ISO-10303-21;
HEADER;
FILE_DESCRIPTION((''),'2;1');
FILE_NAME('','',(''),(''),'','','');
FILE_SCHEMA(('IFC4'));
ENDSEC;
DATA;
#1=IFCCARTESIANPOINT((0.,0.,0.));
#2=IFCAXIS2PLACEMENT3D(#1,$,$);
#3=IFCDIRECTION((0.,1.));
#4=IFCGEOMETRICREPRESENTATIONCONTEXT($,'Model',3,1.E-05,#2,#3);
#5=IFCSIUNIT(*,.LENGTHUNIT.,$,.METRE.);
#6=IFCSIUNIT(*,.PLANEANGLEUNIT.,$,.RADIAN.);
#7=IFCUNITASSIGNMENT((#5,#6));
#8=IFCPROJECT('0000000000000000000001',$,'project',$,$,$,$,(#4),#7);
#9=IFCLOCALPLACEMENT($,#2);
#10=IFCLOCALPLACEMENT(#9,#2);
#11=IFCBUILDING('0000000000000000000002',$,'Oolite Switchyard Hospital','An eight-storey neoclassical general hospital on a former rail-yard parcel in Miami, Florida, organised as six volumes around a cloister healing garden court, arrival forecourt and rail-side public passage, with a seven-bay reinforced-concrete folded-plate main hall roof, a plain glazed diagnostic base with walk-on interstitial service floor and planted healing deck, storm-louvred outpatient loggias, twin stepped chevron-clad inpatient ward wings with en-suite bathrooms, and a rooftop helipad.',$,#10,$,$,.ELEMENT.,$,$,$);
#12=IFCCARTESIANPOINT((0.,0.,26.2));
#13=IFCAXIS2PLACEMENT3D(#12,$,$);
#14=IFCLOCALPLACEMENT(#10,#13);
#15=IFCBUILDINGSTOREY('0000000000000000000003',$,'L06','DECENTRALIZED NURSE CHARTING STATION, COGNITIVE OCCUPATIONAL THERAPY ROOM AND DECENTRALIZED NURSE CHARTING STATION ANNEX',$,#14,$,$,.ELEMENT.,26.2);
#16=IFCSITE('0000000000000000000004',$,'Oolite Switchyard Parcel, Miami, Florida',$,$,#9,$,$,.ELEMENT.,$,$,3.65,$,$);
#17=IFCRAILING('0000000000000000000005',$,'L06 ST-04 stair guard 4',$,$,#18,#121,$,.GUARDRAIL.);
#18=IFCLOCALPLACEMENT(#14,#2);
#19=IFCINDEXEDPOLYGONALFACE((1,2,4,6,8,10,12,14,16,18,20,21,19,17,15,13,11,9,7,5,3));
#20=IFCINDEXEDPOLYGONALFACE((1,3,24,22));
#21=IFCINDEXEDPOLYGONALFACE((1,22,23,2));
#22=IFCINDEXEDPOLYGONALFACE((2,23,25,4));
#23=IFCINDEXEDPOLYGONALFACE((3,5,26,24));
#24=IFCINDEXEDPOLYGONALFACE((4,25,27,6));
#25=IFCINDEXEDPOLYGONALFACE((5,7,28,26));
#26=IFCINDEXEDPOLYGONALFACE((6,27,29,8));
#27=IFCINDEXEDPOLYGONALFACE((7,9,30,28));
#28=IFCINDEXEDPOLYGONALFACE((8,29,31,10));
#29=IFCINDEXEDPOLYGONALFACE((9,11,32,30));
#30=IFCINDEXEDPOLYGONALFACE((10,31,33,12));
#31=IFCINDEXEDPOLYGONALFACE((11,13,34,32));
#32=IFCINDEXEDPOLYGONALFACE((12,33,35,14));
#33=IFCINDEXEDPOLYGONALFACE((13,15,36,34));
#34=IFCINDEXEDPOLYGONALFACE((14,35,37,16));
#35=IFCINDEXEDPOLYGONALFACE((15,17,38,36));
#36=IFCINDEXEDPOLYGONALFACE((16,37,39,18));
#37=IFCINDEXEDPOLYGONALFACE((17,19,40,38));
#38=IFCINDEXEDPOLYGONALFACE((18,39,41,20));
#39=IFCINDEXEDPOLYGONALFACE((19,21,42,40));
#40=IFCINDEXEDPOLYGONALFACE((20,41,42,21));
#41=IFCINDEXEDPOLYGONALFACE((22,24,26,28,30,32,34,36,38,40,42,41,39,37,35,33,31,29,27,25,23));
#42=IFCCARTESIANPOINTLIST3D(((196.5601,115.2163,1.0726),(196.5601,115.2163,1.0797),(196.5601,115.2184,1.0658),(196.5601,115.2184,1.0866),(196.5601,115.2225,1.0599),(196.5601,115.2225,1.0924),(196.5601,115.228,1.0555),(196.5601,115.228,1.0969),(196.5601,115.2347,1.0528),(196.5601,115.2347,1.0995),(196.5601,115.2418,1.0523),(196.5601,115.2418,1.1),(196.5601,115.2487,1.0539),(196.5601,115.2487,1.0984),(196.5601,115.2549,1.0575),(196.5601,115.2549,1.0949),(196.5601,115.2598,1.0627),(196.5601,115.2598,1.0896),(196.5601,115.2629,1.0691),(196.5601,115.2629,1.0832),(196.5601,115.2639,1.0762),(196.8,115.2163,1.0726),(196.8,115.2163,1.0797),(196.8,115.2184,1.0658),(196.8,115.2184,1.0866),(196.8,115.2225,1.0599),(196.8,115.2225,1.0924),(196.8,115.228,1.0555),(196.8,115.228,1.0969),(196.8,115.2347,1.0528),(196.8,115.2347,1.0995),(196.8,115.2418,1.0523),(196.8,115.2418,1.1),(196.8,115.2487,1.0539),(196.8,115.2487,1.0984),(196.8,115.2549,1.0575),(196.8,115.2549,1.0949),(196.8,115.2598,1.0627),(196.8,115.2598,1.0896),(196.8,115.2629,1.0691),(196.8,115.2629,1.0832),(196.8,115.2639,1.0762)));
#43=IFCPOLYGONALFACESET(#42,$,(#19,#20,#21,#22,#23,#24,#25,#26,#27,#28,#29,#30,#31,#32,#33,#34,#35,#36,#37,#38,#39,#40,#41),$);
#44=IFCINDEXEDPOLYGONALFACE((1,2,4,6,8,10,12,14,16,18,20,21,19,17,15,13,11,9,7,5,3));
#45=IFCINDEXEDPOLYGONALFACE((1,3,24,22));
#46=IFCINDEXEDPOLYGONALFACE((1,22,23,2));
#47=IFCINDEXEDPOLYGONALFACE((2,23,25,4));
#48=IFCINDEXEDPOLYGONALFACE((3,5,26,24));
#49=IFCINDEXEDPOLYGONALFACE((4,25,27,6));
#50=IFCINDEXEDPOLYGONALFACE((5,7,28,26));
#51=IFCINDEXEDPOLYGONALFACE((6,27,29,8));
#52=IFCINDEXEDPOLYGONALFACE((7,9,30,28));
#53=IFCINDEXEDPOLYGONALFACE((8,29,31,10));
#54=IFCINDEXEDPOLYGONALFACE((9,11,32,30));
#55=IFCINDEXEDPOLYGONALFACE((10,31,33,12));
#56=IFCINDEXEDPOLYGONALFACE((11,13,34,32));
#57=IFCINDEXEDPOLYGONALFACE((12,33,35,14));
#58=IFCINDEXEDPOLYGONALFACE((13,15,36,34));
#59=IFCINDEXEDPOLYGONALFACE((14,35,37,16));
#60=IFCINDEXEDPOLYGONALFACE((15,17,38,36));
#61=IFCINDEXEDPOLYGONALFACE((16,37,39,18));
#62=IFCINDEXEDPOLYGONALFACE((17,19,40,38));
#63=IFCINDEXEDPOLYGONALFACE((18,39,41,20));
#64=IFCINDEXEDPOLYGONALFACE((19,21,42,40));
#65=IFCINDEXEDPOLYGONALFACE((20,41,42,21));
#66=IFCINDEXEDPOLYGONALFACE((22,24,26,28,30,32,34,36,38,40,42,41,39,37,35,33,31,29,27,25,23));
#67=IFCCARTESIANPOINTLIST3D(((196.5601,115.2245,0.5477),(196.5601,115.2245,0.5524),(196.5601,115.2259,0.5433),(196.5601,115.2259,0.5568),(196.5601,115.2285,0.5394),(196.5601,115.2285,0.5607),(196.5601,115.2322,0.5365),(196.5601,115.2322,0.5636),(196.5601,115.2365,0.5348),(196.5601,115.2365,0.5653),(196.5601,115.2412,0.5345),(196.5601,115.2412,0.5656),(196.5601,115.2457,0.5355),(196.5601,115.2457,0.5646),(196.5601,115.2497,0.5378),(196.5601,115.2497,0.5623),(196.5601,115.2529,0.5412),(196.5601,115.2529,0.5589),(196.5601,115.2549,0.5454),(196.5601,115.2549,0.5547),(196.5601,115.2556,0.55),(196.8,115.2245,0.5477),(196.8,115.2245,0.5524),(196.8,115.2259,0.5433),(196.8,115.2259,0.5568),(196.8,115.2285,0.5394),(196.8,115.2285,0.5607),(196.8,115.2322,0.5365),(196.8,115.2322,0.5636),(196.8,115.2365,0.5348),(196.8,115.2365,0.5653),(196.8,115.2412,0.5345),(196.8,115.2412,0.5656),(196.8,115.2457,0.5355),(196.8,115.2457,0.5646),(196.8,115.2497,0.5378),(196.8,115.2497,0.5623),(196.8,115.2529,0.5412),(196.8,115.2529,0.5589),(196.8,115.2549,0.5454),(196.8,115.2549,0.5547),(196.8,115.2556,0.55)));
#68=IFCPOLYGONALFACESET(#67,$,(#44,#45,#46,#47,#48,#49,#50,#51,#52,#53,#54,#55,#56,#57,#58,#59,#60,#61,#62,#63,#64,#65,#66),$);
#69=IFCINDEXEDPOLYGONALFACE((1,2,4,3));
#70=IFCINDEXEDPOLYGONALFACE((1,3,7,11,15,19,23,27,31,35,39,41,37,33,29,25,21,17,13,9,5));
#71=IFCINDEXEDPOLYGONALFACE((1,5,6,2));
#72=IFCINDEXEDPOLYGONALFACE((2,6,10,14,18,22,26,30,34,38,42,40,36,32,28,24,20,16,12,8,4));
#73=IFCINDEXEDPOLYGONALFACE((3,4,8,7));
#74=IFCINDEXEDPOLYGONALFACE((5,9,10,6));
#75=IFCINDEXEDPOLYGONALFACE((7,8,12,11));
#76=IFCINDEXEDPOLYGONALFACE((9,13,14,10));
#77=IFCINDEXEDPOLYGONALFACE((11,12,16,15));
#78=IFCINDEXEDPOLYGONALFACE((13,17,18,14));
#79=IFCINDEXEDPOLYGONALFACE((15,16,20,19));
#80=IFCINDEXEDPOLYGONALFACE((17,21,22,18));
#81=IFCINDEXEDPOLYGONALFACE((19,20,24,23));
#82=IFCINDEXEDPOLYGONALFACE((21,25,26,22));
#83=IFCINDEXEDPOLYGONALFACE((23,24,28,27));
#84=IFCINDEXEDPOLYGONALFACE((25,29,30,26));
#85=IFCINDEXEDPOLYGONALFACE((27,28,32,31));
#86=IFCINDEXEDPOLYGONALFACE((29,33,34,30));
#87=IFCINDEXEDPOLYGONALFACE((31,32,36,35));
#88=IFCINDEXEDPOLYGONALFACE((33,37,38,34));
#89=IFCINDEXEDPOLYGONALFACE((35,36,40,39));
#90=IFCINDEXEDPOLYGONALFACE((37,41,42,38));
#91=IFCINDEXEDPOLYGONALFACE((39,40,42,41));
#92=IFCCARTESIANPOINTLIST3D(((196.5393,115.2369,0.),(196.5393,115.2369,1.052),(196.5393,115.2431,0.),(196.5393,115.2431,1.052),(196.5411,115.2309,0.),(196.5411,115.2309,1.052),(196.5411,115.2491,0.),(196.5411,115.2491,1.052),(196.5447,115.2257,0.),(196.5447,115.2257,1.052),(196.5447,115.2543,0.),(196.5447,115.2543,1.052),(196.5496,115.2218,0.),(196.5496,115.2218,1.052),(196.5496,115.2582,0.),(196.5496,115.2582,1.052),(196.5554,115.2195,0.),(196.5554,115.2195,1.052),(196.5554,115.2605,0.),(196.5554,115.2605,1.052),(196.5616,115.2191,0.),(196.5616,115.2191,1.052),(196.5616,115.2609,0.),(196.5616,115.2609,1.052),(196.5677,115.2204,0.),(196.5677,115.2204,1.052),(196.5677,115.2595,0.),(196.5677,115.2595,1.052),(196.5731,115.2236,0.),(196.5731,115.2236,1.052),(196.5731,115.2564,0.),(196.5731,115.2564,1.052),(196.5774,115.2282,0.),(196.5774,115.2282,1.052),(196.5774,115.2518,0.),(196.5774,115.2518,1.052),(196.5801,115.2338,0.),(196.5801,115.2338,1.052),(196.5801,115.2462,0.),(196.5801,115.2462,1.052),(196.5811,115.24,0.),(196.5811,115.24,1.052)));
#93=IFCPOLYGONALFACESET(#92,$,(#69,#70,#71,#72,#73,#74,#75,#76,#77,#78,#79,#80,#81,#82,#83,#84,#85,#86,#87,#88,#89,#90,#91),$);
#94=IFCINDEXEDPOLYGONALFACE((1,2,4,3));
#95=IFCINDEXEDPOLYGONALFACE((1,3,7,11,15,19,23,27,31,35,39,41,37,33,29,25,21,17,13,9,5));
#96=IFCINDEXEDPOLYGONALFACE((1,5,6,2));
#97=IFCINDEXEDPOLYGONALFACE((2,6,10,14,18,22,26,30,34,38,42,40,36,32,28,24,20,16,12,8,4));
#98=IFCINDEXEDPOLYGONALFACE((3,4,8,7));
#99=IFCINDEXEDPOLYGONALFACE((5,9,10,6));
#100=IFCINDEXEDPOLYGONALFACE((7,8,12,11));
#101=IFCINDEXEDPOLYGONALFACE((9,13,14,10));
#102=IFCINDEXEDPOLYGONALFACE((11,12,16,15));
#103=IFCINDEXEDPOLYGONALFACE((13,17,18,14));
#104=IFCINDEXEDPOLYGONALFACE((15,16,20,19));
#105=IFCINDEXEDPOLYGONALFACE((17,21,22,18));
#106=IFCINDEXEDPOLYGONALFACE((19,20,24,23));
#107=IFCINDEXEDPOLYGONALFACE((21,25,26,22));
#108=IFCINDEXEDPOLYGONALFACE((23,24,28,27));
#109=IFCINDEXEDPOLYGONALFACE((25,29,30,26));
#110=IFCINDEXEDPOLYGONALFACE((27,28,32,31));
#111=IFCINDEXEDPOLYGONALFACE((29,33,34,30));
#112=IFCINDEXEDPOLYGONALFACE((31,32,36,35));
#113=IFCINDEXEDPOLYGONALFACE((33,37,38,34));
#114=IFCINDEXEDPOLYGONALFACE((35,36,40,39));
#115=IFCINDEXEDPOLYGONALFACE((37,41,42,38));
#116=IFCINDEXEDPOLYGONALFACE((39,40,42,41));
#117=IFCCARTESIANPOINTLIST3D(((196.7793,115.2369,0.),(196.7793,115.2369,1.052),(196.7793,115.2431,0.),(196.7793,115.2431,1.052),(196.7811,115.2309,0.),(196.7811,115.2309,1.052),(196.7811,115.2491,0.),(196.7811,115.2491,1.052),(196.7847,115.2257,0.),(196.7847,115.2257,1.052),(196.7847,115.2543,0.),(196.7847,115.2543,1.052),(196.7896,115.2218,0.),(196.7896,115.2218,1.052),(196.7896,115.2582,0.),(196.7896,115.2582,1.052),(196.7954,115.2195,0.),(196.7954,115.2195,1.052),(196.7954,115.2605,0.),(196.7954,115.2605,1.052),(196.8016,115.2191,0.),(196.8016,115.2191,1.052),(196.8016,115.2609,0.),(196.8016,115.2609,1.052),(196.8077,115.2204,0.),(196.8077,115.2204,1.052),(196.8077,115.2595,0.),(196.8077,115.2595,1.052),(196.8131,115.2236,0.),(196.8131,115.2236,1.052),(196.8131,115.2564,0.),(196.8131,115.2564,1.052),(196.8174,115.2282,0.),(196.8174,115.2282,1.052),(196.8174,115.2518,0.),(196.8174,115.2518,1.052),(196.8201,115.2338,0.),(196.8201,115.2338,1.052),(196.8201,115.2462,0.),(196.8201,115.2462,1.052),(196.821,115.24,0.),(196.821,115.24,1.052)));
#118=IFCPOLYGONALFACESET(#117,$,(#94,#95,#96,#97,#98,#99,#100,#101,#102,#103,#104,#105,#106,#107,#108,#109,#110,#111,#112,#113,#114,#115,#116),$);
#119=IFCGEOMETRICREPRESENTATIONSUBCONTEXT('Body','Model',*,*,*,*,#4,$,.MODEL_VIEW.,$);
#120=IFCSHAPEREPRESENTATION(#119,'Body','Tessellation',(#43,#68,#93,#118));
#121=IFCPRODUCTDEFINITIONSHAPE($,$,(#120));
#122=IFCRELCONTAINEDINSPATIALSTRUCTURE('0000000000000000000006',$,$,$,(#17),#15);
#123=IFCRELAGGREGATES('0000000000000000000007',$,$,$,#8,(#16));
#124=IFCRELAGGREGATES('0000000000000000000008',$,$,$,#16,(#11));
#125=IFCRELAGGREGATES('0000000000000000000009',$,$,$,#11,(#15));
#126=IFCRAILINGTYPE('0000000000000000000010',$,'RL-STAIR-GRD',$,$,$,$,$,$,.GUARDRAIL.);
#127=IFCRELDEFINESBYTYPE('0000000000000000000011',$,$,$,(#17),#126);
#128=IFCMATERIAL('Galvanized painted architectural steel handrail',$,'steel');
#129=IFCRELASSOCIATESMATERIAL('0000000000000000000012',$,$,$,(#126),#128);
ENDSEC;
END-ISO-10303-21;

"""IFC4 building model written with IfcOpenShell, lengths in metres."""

from ifc_helpers import new_model, si_unit, direction, frame, origin, origin_2d, place, context, subcontext, project, spatial, circle, extrude, material, type_object, element, save


model = new_model("IFC4")

# Units and contexts
model_context = context("Model", 3, precision=1e-05, world=origin(), true_north=direction((0.0, 1.0)))
body_context = subcontext(model_context, "Body", "Model", "MODEL_VIEW")
ifc_project = project(units=[si_unit("LENGTHUNIT", "METRE"), si_unit("PLANEANGLEUNIT", "RADIAN")], contexts=[model_context])

# Site, building, storey
site_placement = place(None, origin())
site = spatial("IfcSite", under=ifc_project, at=site_placement, Name="Oolite Switchyard Parcel, Miami, Florida", CompositionType="ELEMENT", RefElevation=3.65)
building_placement = place(site_placement, origin())
building = spatial("IfcBuilding", under=site, at=building_placement, Name="Oolite Switchyard Hospital", Description="An eight-storey neoclassical general hospital on a former rail-yard parcel in Miami, Florida, organised as six volumes around a cloister healing garden court, arrival forecourt and rail-side public passage, with a seven-bay reinforced-concrete folded-plate main hall roof, a plain glazed diagnostic base with walk-on interstitial service floor and planted healing deck, storm-louvred outpatient loggias, twin stepped chevron-clad inpatient ward wings with en-suite bathrooms, and a rooftop helipad.", CompositionType="ELEMENT")
storey_placement = place(building_placement, frame((0.0, 0.0, 26.2)))
storey = spatial("IfcBuildingStorey", under=building, at=storey_placement, Name="L06", Description="DECENTRALIZED NURSE CHARTING STATION, COGNITIVE OCCUPATIONAL THERAPY ROOM AND DECENTRALIZED NURSE CHARTING STATION ANNEX", CompositionType="ELEMENT", Elevation=26.2)

# Railing
ifc_material_1 = material(Name="Galvanized painted architectural steel handrail", Category="steel")
railing_type_1 = type_object("IfcRailingType", Name="RL-STAIR-GRD", PredefinedType="GUARDRAIL", material=ifc_material_1)
railing_1_placement = place(storey_placement, frame((196.5601, 115.24, 0.0)))
element("IfcRailing", 1, at=railing_1_placement, inside=storey, type_object=railing_type_1, Name="L06 ST-04 stair guard 4", PredefinedType="GUARDRAIL", context=body_context, shape_type="SweptSolid", body=[
    extrude(circle(Radius=0.0239, at=origin_2d()), frame((0.0, 0.0, 1.0762), z_axis=(1.0, 0.0, 0.0), x_axis=(0.0, 1.0, 0.0)), (0.0, 0.0, 1.0), 0.24),
    extrude(circle(Radius=0.0156, at=origin_2d()), frame((0.0, 0.0, 0.55), z_axis=(1.0, 0.0, 0.0), x_axis=(0.0, 1.0, 0.0)), (0.0, 0.0, 1.0), 0.24),
    extrude(circle(Radius=0.021, at=origin_2d()), origin(), (0.0, 0.0, 1.0), 1.052),
    extrude(circle(Radius=0.021, at=origin_2d()), frame((0.24, 0.0, 0.0)), (0.0, 0.0, 1.0), 1.052),
])

save(model, "model.ifc")
